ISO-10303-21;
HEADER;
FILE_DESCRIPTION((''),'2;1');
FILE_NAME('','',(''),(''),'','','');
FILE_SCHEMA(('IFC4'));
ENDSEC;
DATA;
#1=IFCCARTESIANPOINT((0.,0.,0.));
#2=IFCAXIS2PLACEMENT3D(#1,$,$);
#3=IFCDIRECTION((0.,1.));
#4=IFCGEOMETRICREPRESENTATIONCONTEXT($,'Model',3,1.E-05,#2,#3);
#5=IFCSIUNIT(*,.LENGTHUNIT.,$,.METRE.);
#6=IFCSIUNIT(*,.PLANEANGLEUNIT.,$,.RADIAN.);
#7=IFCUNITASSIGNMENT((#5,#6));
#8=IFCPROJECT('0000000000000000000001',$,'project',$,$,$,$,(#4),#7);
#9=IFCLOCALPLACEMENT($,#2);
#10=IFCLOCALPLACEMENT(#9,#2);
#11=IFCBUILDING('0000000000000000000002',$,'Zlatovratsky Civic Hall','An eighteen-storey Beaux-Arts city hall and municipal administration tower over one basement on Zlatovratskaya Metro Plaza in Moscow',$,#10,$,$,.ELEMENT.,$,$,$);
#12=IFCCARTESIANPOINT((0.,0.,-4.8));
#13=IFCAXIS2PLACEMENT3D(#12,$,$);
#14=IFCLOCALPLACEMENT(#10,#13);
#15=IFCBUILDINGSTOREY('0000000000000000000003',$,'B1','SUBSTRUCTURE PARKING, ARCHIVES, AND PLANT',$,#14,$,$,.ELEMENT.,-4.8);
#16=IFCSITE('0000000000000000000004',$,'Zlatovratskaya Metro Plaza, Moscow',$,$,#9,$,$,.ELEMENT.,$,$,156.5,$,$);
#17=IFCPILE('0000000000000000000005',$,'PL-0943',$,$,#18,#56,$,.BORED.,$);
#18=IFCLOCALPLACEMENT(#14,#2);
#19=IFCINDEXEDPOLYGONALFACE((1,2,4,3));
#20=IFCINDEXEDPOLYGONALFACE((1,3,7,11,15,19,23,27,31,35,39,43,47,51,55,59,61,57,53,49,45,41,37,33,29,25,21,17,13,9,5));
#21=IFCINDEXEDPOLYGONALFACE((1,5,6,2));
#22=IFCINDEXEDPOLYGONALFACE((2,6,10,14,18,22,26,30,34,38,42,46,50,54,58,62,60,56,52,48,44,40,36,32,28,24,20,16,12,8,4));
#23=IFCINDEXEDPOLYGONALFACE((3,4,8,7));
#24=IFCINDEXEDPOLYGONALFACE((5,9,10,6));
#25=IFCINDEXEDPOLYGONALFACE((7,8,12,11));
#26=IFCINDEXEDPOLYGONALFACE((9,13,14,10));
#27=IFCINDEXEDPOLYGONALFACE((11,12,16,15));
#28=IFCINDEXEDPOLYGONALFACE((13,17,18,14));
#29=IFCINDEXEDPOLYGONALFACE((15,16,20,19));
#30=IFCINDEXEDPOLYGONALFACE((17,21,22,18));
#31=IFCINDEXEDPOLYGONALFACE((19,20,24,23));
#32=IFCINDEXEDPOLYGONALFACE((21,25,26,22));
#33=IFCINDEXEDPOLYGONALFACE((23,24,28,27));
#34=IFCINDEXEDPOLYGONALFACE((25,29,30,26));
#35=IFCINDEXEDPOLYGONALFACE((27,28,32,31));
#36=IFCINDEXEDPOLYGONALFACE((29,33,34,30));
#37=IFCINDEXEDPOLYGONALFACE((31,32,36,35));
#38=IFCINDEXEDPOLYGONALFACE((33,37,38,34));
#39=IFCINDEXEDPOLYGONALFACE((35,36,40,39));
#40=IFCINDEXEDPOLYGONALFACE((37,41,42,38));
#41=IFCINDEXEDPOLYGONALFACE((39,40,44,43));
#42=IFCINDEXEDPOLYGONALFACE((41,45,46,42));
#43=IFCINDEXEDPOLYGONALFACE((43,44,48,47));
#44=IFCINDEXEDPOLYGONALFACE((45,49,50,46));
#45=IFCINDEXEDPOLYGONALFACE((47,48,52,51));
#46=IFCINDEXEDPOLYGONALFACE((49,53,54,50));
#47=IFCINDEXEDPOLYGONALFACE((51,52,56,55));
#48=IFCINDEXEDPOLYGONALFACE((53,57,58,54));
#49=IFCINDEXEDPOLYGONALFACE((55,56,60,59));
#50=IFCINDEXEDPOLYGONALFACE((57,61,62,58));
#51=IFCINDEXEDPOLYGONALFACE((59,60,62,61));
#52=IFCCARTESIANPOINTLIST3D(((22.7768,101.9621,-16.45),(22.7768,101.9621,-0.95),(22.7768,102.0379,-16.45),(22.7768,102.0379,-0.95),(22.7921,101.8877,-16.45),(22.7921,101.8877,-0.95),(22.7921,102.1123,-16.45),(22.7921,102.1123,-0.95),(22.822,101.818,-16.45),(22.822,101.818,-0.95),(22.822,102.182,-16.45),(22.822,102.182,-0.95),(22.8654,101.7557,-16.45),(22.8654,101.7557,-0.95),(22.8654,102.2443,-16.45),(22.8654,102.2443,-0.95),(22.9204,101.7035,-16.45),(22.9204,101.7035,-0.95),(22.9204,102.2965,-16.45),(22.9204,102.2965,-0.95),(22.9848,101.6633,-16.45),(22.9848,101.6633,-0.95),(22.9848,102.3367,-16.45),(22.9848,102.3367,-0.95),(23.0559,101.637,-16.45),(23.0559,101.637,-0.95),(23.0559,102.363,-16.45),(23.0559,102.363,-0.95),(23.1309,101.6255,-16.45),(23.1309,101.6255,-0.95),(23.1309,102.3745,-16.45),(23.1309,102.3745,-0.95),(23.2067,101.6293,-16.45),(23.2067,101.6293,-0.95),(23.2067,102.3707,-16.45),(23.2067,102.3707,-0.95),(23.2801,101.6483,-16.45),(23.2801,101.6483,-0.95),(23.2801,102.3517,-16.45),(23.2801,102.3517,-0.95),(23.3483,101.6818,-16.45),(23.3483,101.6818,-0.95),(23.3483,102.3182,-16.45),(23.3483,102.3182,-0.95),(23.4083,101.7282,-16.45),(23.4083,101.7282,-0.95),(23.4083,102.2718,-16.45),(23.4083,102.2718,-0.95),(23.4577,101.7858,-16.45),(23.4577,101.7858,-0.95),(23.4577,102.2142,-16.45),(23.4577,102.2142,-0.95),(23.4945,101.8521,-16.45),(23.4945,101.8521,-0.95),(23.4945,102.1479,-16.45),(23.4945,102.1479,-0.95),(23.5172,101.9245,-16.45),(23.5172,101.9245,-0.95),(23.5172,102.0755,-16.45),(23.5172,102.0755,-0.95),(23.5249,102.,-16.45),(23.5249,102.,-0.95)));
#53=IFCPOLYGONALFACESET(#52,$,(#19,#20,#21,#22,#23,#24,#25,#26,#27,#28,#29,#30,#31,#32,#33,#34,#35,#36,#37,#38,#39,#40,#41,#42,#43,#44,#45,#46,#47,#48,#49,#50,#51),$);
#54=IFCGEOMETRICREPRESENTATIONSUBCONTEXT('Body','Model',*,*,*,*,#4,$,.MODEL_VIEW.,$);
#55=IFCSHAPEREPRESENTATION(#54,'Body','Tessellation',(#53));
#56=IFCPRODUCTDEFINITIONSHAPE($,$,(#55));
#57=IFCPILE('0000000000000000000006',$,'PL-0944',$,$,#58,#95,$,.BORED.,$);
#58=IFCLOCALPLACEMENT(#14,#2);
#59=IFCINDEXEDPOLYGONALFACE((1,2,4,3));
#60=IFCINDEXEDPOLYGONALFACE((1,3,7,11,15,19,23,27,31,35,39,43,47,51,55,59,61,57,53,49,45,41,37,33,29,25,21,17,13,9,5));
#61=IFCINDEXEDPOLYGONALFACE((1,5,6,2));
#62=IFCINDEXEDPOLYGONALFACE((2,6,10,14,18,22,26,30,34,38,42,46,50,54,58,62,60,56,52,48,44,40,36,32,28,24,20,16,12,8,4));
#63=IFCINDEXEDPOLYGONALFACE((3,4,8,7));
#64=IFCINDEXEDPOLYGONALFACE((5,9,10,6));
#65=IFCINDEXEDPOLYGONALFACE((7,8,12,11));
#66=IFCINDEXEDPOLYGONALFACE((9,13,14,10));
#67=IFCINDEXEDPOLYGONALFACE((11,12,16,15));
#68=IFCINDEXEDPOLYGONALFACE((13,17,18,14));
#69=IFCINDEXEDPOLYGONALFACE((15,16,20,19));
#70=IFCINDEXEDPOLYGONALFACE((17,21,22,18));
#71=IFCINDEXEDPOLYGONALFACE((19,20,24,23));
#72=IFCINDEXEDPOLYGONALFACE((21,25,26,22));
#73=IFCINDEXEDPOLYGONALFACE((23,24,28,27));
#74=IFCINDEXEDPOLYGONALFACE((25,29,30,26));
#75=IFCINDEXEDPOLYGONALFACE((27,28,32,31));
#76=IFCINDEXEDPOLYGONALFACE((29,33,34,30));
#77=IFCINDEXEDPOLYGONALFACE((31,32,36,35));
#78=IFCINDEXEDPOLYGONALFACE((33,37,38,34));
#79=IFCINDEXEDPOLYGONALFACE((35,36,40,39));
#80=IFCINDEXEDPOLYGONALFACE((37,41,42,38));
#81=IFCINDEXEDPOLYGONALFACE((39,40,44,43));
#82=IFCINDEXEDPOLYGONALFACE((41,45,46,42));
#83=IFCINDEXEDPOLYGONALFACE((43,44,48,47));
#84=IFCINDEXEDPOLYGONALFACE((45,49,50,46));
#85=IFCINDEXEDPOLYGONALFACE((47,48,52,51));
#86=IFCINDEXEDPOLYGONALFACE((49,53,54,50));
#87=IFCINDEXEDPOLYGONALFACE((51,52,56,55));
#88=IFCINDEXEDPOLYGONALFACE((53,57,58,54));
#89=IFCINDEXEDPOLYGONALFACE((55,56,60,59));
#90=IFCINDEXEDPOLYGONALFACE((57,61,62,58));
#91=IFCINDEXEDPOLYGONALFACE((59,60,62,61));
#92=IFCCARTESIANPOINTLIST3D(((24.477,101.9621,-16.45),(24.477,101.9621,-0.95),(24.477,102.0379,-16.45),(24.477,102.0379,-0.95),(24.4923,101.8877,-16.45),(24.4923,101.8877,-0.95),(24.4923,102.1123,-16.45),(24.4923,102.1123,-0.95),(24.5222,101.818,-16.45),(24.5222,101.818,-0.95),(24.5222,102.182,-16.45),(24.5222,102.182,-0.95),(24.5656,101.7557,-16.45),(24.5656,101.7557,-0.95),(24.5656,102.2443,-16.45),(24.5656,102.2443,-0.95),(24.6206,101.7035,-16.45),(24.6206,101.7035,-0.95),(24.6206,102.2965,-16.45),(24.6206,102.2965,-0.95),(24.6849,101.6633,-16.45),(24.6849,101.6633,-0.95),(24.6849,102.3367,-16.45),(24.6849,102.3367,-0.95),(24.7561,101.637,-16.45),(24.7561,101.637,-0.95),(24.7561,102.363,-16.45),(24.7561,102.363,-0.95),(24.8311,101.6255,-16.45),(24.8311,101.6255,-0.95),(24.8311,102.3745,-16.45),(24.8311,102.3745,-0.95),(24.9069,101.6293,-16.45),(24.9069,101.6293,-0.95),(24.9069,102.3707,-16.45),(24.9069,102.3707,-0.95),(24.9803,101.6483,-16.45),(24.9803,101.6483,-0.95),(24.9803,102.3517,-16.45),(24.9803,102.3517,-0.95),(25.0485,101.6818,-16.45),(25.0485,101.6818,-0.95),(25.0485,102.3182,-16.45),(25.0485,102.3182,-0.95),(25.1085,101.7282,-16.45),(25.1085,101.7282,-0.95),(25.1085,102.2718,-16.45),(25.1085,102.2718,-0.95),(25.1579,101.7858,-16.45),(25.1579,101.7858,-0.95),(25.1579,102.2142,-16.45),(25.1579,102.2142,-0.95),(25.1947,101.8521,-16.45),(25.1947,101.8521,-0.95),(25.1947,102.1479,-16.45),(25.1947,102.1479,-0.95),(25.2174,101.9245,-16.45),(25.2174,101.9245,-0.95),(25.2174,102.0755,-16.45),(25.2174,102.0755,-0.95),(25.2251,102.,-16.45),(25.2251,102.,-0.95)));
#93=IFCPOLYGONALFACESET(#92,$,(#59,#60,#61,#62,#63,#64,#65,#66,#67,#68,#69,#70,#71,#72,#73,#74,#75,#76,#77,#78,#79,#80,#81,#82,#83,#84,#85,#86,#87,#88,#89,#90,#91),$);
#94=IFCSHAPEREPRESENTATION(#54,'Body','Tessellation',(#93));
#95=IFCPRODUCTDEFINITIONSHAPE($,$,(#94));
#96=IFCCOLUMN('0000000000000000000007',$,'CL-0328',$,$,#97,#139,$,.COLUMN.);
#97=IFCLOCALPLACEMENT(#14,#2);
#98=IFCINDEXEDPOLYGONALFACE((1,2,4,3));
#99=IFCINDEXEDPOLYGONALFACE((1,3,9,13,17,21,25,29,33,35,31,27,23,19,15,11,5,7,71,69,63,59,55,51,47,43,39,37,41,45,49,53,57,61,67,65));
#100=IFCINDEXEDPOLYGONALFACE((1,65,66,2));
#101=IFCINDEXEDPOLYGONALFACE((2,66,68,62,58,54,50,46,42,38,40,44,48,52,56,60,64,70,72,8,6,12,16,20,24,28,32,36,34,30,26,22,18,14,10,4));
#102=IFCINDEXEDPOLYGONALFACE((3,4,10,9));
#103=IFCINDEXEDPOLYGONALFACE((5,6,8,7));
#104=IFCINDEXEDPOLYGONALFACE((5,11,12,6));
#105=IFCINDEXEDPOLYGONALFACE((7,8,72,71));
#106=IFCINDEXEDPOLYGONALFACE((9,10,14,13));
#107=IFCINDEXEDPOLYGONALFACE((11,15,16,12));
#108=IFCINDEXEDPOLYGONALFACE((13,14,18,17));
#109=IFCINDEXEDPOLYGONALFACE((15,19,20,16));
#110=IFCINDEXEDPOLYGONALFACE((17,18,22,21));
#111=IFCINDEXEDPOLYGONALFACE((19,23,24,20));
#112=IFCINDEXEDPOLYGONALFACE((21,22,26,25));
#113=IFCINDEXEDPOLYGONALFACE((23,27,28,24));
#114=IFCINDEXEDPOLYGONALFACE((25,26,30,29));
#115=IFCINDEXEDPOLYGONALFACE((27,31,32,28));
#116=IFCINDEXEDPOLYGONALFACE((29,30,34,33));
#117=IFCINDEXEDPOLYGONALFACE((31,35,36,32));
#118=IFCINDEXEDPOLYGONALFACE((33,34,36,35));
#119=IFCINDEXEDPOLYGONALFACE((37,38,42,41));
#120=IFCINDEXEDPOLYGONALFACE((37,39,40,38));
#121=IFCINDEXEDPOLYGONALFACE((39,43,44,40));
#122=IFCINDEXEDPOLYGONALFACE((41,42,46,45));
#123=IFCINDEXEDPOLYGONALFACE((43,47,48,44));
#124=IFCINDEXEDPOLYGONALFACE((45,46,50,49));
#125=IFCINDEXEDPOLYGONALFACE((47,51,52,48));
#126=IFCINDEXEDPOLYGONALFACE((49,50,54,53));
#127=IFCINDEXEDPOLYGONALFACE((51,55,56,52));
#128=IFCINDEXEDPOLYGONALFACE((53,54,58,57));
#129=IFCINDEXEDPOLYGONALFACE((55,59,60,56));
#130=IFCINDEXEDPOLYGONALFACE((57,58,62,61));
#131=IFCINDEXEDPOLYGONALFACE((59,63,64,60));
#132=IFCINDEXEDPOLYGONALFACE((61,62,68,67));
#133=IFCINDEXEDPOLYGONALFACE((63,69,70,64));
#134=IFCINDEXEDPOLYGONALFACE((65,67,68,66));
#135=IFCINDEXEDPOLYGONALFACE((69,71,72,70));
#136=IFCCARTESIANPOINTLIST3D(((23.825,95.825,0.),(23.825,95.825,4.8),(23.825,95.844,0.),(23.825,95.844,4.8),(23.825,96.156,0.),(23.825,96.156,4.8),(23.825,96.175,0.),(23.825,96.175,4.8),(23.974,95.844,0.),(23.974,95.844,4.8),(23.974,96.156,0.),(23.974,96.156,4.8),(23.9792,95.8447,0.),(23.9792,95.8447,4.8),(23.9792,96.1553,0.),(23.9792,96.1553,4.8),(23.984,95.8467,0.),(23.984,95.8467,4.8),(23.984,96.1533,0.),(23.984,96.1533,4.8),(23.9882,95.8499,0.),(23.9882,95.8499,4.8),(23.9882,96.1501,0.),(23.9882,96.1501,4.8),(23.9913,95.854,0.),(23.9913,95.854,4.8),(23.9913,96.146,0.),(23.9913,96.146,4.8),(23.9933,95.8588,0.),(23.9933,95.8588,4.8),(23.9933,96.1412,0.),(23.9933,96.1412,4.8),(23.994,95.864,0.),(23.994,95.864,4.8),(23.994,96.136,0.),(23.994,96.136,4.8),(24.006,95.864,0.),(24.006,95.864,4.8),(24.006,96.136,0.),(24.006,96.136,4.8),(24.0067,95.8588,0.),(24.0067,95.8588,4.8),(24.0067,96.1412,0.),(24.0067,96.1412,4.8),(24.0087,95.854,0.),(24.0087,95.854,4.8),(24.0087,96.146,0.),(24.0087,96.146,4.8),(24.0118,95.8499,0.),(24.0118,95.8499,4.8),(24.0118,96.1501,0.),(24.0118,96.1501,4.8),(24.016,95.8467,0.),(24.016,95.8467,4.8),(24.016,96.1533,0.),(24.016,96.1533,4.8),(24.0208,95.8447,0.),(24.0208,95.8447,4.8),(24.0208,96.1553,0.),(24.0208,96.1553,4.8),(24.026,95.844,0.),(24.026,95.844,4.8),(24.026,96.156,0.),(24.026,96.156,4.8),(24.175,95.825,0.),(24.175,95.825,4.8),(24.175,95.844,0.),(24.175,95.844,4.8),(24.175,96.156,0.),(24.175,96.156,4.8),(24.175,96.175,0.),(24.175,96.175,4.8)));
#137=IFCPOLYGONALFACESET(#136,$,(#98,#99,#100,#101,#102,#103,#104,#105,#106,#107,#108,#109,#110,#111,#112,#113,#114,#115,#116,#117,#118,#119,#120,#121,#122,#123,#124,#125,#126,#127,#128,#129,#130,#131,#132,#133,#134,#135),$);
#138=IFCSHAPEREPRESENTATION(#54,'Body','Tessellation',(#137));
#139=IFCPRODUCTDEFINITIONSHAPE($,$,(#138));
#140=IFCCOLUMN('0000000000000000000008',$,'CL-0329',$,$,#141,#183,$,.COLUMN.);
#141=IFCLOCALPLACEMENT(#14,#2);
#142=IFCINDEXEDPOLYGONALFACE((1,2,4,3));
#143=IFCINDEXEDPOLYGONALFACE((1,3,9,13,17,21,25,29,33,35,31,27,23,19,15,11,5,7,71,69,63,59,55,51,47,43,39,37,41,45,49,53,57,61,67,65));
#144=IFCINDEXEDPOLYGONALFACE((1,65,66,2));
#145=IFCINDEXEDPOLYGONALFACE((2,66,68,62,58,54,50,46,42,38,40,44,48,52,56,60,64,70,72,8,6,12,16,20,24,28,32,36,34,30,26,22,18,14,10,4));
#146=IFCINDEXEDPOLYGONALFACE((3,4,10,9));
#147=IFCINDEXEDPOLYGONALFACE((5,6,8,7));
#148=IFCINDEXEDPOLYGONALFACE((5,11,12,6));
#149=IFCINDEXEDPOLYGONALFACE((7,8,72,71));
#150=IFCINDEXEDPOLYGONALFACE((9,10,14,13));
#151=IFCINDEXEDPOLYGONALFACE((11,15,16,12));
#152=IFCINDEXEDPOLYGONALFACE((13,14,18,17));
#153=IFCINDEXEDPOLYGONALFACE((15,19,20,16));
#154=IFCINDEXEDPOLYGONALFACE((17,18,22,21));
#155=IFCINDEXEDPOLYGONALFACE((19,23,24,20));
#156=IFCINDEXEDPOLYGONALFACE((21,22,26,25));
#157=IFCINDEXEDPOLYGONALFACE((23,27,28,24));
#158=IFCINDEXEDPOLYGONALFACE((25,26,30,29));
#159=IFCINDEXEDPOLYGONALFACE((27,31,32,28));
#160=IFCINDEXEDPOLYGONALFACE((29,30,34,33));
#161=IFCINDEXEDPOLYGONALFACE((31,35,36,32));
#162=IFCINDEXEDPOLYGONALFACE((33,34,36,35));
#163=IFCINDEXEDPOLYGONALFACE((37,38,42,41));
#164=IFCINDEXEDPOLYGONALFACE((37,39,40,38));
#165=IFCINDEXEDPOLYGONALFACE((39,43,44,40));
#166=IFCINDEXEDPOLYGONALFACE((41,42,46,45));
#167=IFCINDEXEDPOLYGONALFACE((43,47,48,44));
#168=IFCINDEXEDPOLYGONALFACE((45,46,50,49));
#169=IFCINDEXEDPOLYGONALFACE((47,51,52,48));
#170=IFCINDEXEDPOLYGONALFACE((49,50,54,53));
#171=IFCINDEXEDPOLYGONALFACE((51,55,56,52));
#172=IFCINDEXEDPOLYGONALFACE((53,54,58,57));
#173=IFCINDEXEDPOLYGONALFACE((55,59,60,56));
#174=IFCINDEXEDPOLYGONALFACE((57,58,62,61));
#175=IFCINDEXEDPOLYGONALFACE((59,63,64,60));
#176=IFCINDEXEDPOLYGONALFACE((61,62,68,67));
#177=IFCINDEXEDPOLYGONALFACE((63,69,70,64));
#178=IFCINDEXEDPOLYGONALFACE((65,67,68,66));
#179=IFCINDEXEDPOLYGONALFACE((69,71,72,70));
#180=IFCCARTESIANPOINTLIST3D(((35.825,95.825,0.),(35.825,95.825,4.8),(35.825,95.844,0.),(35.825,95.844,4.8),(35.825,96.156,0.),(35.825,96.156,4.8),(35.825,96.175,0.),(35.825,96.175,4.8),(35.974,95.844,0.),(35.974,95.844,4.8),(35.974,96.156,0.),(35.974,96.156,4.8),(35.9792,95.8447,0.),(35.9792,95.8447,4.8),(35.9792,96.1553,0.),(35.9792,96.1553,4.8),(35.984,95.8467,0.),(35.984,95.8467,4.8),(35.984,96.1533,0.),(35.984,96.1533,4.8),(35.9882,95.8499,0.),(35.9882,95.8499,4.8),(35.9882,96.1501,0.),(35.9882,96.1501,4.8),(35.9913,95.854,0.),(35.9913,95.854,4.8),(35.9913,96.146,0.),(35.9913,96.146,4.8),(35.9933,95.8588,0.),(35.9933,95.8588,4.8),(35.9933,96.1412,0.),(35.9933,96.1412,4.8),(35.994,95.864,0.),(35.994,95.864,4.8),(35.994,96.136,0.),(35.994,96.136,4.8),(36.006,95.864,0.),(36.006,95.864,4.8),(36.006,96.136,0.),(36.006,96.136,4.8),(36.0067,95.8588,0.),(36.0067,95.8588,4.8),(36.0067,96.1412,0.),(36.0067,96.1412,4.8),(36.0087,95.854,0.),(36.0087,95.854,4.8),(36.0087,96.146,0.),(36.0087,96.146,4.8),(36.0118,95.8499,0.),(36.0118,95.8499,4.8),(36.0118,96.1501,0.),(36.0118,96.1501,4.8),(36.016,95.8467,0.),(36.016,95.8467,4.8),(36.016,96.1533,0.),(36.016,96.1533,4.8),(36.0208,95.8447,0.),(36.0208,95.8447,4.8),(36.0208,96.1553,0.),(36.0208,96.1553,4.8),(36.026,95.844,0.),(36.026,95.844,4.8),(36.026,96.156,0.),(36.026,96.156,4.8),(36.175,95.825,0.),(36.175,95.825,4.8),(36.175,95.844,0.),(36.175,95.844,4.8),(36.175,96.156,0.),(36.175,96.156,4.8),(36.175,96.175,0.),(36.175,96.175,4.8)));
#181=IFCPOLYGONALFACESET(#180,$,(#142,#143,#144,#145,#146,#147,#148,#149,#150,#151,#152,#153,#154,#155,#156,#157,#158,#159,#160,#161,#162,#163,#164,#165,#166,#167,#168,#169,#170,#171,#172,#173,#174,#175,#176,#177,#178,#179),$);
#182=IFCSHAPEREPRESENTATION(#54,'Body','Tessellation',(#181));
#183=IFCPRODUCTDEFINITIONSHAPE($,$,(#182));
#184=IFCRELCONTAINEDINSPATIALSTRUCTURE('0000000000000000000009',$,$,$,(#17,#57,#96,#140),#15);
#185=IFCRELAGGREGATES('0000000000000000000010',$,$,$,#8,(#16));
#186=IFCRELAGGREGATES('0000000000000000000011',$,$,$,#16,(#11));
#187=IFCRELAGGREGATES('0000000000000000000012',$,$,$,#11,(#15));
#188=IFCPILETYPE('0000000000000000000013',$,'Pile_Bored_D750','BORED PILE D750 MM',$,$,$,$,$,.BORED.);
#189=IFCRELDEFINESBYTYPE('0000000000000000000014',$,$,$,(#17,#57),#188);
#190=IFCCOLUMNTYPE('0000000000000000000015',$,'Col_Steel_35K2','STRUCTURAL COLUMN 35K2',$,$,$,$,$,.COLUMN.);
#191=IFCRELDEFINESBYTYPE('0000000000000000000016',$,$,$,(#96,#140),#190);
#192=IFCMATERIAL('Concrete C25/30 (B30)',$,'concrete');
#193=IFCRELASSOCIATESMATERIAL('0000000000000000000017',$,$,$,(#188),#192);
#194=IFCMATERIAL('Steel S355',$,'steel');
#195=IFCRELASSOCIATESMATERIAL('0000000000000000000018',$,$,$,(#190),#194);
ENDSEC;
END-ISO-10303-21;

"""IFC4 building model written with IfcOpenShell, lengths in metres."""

from ifc_helpers import new_model, si_unit, direction, frame, origin, origin_2d, place, context, subcontext, project, spatial, circle, i_section, extrude, material, material_profile, profile_set, type_object, element, save


model = new_model("IFC4")

# Units and contexts
model_context = context("Model", 3, precision=1e-05, world=origin(), true_north=direction((0.0, 1.0)))
body_context = subcontext(model_context, "Body", "Model", "MODEL_VIEW")
ifc_project = project(units=[si_unit("LENGTHUNIT", "METRE"), si_unit("PLANEANGLEUNIT", "RADIAN")], contexts=[model_context])

# Site, building, storey
site_placement = place(None, origin())
site = spatial("IfcSite", under=ifc_project, at=site_placement, Name="Zlatovratskaya Metro Plaza, Moscow", CompositionType="ELEMENT", RefElevation=156.5)
building_placement = place(site_placement, origin())
building = spatial("IfcBuilding", under=site, at=building_placement, Name="Zlatovratsky Civic Hall", Description="An eighteen-storey Beaux-Arts city hall and municipal administration tower over one basement on Zlatovratskaya Metro Plaza in Moscow", CompositionType="ELEMENT")
storey_placement = place(building_placement, frame((0.0, 0.0, -4.8)))
storey = spatial("IfcBuildingStorey", under=building, at=storey_placement, Name="B1", Description="SUBSTRUCTURE PARKING, ARCHIVES, AND PLANT", CompositionType="ELEMENT", Elevation=-4.8)

# Shared definitions
ifc_material_1 = material(Name="Concrete C25/30 (B30)", Category="concrete")

# Piles
ifc_material_profile_1 = material_profile(ifc_material_1, circle(Radius=0.375, at=origin_2d()), Name="PILE D750")
ifc_profile_set_1 = profile_set([ifc_material_profile_1], Name="Concrete C25/30 (B30)")
pile_type_1 = type_object("IfcPileType", Name="Pile_Bored_D750", Description="BORED PILE D750 MM", PredefinedType="BORED", material=ifc_profile_set_1)
for number, where, z_axis, x_axis, name in (
    (1, (23.1499, 102.0, -0.95), (0.0, 0.0, -1.0), (1.0, 0.0, 0.0), "PL-0943"),
    (2, (24.8501, 102.0, -0.95), (0.0, 0.0, -1.0), (1.0, 0.0, 0.0), "PL-0944"),
):
    element("IfcPile", number, at=place(storey_placement, frame(where, z_axis=z_axis, x_axis=x_axis)), inside=storey, type_object=pile_type_1, Name=name, PredefinedType="BORED", context=body_context, shape_type="SweptSolid", body=[
        extrude(circle(Radius=0.375, at=origin_2d()), origin(), (0.0, 0.0, 1.0), 15.5),
    ])

# Columns
ifc_material_2 = material(Name="Steel S355", Category="steel")
ifc_material_profile_2 = material_profile(ifc_material_2, i_section(OverallWidth=0.3501, OverallDepth=0.3501, WebThickness=0.012, FlangeThickness=0.019, FilletRadius=0.02, at=origin_2d()), Name="35K2")
ifc_profile_set_2 = profile_set([ifc_material_profile_2], Name="Steel S355")
column_type = type_object("IfcColumnType", Name="Col_Steel_35K2", Description="STRUCTURAL COLUMN 35K2", PredefinedType="COLUMN", material=ifc_profile_set_2)
for number, where, z_axis, x_axis, name in (
    (3, (24.0, 96.0, 0.0), (0.0, 0.0, 1.0), (1.0, 0.0, 0.0), "CL-0328"),
    (4, (36.0, 96.0, 0.0), (0.0, 0.0, 1.0), (1.0, 0.0, 0.0), "CL-0329"),
):
    element("IfcColumn", number, at=place(storey_placement, frame(where, z_axis=z_axis, x_axis=x_axis)), inside=storey, type_object=column_type, Name=name, PredefinedType="COLUMN", context=body_context, shape_type="SweptSolid", body=[
        extrude(i_section(OverallWidth=0.3501, OverallDepth=0.3501, WebThickness=0.012, FlangeThickness=0.019, FilletRadius=0.02, at=origin_2d()), origin(), (0.0, 0.0, 1.0), 4.8),
    ])

save(model, "model.ifc")
